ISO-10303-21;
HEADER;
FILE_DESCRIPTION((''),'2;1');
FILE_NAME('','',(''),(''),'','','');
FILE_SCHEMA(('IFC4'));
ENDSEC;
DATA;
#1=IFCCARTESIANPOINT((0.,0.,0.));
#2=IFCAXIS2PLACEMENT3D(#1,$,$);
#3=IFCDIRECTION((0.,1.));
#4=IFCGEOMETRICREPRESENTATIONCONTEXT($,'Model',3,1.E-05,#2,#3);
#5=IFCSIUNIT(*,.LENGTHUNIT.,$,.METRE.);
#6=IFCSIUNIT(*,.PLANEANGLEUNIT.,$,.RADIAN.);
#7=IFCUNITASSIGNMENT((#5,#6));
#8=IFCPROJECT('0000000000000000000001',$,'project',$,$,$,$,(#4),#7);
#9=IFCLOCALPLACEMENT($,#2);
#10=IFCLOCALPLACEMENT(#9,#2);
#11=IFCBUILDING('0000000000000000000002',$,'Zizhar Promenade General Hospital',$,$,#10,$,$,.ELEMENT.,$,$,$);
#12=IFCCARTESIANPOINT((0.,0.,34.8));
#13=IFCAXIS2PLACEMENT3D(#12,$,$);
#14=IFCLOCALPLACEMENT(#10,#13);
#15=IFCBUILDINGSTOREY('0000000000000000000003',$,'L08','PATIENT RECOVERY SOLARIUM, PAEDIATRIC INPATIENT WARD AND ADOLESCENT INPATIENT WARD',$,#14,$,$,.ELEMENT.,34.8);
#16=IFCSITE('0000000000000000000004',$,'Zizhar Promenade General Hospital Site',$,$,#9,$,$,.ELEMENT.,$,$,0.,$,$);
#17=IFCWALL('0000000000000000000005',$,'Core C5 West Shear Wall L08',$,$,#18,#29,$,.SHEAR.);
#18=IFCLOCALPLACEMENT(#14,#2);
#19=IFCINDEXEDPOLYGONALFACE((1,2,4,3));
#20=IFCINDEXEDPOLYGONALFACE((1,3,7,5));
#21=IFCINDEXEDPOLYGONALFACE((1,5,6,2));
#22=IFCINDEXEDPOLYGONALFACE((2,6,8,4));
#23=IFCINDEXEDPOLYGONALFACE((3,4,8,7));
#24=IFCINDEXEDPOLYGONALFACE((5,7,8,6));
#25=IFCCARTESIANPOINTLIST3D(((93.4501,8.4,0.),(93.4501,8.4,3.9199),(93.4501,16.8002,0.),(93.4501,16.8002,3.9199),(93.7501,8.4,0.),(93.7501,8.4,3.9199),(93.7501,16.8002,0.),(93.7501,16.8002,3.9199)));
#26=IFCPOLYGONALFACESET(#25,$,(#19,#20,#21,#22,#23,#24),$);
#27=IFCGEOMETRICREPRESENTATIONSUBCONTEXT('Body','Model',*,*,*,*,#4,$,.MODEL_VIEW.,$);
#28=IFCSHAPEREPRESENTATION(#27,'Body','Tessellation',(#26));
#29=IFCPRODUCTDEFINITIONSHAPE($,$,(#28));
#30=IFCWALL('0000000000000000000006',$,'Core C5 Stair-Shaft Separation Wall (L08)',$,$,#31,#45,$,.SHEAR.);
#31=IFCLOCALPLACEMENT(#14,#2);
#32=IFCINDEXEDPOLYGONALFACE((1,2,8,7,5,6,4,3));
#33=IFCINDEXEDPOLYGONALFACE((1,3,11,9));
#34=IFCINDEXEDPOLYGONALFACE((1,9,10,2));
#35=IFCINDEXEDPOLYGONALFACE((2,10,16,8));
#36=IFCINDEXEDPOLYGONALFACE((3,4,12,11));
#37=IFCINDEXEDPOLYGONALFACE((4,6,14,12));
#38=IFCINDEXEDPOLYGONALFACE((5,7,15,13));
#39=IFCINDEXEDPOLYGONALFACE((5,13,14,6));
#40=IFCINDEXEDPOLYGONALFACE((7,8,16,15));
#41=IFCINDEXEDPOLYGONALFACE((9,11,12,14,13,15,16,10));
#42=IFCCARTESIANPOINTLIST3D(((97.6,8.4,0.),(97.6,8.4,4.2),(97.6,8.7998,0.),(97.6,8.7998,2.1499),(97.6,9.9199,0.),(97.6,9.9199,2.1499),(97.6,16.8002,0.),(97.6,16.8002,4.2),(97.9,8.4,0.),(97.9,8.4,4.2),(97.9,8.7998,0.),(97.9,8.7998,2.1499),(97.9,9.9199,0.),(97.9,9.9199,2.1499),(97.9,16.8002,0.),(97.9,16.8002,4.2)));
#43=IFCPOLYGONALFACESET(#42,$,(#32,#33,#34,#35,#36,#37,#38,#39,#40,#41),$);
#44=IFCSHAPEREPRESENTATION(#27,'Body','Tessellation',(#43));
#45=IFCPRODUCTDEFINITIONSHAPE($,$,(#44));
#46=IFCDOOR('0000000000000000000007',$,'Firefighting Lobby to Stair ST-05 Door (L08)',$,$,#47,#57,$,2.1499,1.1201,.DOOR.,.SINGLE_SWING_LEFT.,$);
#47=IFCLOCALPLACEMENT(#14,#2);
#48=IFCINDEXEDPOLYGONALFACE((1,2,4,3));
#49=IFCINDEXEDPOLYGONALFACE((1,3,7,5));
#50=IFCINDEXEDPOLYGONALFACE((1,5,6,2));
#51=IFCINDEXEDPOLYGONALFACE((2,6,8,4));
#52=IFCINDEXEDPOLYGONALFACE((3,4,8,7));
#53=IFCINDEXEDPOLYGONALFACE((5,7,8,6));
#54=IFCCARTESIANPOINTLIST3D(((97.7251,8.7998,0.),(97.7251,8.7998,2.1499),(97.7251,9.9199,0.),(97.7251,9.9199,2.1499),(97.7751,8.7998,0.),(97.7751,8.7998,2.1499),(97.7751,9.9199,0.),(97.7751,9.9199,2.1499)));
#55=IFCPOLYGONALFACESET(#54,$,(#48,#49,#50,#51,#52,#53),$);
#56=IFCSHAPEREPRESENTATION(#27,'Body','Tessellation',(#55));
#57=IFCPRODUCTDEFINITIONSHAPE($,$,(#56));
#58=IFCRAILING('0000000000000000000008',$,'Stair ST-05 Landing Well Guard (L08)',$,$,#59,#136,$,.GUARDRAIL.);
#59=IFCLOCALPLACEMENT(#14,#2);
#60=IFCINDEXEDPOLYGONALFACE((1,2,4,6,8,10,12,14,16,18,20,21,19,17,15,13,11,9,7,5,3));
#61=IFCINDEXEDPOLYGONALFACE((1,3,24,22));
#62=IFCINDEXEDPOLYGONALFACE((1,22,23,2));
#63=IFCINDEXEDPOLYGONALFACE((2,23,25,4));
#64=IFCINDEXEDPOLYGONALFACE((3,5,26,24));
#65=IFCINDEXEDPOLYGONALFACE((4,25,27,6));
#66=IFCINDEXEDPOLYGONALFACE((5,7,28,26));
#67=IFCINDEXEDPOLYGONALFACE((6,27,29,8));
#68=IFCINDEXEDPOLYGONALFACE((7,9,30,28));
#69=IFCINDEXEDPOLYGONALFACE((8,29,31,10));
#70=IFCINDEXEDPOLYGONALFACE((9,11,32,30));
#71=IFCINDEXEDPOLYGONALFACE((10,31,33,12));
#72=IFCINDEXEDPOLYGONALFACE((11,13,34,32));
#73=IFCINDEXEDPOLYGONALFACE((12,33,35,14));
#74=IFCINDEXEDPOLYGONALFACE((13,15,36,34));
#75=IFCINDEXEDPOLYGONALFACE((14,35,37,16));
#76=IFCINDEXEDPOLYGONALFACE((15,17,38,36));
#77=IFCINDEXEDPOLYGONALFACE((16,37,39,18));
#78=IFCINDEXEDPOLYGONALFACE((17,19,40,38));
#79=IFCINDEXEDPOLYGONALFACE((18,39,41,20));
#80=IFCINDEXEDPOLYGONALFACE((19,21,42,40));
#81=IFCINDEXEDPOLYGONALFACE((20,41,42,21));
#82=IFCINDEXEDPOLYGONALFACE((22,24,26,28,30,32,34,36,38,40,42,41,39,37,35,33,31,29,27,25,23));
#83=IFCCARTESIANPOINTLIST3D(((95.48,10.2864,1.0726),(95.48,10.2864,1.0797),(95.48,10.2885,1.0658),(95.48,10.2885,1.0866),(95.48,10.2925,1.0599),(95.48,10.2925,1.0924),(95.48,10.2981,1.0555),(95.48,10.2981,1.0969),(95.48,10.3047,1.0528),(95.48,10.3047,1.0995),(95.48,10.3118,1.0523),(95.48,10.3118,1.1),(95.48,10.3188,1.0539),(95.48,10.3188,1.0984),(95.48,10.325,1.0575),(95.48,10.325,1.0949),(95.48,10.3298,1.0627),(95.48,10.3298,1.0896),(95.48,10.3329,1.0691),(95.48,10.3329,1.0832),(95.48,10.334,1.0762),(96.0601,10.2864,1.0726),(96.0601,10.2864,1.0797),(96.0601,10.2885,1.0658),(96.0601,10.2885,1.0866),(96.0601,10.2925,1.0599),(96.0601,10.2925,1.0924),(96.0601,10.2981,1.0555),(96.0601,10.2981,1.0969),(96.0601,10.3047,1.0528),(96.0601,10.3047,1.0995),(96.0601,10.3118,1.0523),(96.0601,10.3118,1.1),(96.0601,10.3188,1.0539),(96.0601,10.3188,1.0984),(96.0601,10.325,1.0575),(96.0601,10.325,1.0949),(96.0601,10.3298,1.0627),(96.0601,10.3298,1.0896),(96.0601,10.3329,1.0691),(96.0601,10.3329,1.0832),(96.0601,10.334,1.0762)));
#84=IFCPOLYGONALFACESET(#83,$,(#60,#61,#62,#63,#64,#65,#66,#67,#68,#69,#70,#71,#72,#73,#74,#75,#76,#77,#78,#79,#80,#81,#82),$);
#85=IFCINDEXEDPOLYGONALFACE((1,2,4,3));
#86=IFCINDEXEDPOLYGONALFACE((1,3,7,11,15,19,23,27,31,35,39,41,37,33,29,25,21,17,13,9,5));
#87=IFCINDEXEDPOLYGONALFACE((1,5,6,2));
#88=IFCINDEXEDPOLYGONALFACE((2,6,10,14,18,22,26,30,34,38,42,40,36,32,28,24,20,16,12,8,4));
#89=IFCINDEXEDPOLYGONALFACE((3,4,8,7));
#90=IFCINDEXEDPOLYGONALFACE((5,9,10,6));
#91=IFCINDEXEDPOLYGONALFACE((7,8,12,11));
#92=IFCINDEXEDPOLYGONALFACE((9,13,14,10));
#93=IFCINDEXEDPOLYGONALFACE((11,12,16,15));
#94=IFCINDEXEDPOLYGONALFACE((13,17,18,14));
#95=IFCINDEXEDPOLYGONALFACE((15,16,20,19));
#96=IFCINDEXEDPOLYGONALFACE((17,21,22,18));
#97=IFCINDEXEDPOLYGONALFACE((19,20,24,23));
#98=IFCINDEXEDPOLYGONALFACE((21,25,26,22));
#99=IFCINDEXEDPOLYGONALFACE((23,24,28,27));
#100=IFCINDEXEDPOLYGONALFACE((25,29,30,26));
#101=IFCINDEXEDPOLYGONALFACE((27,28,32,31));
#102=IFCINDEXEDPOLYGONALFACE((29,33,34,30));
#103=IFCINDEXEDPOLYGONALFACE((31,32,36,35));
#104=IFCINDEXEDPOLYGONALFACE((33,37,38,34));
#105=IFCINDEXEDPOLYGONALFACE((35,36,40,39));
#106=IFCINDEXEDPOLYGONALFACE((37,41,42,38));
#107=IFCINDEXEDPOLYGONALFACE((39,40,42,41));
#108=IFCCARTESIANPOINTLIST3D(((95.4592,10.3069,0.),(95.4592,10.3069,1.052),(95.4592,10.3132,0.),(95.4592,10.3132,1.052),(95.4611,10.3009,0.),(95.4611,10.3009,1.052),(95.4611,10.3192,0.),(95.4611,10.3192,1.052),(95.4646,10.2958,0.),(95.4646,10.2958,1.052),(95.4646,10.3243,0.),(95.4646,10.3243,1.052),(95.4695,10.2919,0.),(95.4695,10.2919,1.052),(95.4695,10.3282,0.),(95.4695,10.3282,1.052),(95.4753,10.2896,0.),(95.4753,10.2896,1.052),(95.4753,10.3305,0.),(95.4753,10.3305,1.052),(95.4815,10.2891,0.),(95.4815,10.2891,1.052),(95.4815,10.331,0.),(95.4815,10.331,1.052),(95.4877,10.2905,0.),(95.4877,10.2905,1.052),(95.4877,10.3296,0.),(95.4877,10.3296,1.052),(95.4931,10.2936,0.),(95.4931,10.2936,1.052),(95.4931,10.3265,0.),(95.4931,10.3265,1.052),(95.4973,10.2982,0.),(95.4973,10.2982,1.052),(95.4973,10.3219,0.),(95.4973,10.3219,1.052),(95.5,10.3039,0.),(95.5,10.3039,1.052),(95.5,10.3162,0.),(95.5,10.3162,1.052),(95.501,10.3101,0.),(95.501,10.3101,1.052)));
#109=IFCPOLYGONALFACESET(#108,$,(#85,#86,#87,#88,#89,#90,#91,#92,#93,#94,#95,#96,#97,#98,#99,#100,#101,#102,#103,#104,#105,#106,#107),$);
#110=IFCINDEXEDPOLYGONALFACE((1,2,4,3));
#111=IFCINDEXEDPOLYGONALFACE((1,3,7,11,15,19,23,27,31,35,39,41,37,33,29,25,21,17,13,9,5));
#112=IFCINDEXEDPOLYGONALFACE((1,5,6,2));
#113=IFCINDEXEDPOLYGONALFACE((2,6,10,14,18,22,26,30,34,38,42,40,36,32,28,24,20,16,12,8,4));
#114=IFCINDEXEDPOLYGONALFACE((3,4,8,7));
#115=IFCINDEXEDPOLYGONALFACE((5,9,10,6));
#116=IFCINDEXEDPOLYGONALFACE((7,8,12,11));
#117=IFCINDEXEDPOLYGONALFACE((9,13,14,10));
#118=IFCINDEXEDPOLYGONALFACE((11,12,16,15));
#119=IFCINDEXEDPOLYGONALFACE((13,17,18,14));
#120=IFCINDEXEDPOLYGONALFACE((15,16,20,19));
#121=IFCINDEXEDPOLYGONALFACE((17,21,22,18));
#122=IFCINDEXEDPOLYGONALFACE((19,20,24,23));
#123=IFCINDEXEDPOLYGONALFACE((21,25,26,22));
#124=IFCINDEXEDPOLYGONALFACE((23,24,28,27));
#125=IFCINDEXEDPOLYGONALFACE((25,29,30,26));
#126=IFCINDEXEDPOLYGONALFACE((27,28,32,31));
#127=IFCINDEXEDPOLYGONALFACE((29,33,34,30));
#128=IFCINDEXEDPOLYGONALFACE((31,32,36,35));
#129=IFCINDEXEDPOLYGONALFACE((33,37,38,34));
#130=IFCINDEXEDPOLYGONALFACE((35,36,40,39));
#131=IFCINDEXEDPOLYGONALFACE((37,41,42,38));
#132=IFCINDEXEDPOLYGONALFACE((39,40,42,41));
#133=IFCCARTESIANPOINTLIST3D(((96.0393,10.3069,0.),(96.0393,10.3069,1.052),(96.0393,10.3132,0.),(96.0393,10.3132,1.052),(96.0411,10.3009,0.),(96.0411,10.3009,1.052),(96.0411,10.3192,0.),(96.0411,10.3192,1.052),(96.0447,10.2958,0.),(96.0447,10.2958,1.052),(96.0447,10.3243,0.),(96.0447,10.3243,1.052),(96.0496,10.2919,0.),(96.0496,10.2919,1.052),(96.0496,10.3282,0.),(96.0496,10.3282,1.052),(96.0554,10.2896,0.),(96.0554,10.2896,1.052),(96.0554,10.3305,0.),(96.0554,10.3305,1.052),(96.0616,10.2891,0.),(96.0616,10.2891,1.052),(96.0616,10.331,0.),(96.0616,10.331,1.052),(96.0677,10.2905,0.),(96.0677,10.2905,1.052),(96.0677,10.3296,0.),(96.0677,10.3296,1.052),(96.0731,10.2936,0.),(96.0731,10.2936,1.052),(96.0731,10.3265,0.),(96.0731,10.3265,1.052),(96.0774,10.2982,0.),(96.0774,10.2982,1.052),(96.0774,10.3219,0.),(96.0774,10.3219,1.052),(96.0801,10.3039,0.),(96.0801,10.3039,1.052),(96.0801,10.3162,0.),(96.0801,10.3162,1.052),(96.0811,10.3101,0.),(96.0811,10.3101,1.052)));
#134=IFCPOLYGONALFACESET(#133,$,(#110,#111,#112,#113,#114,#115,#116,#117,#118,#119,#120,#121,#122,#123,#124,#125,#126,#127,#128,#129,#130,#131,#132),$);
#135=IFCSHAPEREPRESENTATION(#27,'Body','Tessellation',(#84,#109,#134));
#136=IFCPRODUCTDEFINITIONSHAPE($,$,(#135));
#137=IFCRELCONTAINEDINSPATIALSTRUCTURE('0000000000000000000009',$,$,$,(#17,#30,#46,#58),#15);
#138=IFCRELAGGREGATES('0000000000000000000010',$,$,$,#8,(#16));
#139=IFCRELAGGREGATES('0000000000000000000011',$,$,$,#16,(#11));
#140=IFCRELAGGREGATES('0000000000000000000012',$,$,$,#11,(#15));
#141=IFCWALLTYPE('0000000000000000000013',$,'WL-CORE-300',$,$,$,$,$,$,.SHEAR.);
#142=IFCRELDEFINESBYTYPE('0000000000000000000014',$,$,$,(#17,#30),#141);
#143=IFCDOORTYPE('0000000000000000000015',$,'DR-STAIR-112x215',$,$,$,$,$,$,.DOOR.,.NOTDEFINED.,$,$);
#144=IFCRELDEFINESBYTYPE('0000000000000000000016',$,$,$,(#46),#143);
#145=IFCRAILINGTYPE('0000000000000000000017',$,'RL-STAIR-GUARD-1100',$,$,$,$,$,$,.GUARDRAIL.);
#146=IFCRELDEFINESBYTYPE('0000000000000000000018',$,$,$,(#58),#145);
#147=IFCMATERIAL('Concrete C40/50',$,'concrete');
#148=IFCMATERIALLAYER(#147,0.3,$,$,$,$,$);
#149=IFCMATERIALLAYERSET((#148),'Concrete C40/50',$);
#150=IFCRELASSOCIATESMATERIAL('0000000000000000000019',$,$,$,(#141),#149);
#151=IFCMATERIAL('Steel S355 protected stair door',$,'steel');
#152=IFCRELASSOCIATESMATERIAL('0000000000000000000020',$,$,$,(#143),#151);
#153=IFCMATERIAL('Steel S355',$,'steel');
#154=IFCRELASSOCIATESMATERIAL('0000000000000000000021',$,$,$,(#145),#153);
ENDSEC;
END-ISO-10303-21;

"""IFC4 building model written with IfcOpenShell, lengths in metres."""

from ifc_helpers import new_model, si_unit, direction, frame, frame_2d, origin, origin_2d, place, context, subcontext, project, spatial, rectangle, circle, hollow_circle, extrude, material, layer, layer_set, material_profile, profile_set, type_object, element, fill, save


model = new_model("IFC4")

# Units and contexts
model_context = context("Model", 3, precision=1e-05, world=origin(), true_north=direction((0.0, 1.0)))
body_context = subcontext(model_context, "Body", "Model", "MODEL_VIEW")
ifc_project = project(units=[si_unit("LENGTHUNIT", "METRE"), si_unit("PLANEANGLEUNIT", "RADIAN")], contexts=[model_context])

# Site, building, storey
site_placement = place(None, origin())
site = spatial("IfcSite", under=ifc_project, at=site_placement, Name="Zizhar Promenade General Hospital Site", CompositionType="ELEMENT", RefElevation=0.0)
building_placement = place(site_placement, origin())
building = spatial("IfcBuilding", under=site, at=building_placement, Name="Zizhar Promenade General Hospital", CompositionType="ELEMENT")
storey_placement = place(building_placement, frame((0.0, 0.0, 34.8)))
storey = spatial("IfcBuildingStorey", under=building, at=storey_placement, Name="L08", Description="PATIENT RECOVERY SOLARIUM, PAEDIATRIC INPATIENT WARD AND ADOLESCENT INPATIENT WARD", CompositionType="ELEMENT", Elevation=34.8)

# Wall
ifc_material_1 = material(Name="Concrete C40/50", Category="concrete")
ifc_layer_1 = layer(ifc_material_1, 0.3)
ifc_layer_set_1 = layer_set([ifc_layer_1], Name="Concrete C40/50")
wall_type_1 = type_object("IfcWallType", Name="WL-CORE-300", PredefinedType="SHEAR", material=ifc_layer_set_1)
wall_1_placement = place(storey_placement, frame((93.6001, 8.3999, 0.0), z_axis=(0.0, 0.0, 1.0), x_axis=(0.0, 1.0, 0.0)))
element("IfcWall", 1, at=wall_1_placement, inside=storey, type_object=wall_type_1, Name="Core C5 West Shear Wall L08", PredefinedType="SHEAR", context=body_context, shape_type="SweptSolid", body=[
    extrude(rectangle(XDim=8.4001, YDim=0.3, at=frame_2d((4.2002, 0.0))), origin(), (0.0, 0.0, 1.0), 3.9199),
])

# Wall, opening, door
ifc_material_2 = material(Name="Steel S355 protected stair door", Category="steel")
door_type_1 = type_object("IfcDoorType", Name="DR-STAIR-112x215", OperationType="NOTDEFINED", PredefinedType="DOOR", material=ifc_material_2)
wall_2_placement = place(storey_placement, frame((97.75, 8.3999, 0.0), z_axis=(0.0, 0.0, 1.0), x_axis=(0.0, 1.0, 0.0)))
wall_2 = element("IfcWall", 2, at=wall_2_placement, inside=storey, type_object=wall_type_1, Name="Core C5 Stair-Shaft Separation Wall (L08)", PredefinedType="SHEAR", context=body_context, shape_type="SweptSolid", body=[
    extrude(rectangle(XDim=8.4001, YDim=0.3, at=frame_2d((4.2002, 0.0))), origin(), (0.0, 0.0, 1.0), 4.2),
])
opening_1_placement = place(wall_2_placement, frame((0.3999, 0.0, 0.0)))
opening_1 = element("IfcOpeningElement", 3, at=opening_1_placement, cuts=wall_2, PredefinedType="OPENING", context=body_context, shape_type="SweptSolid", body=[
    extrude(rectangle(XDim=1.1201, YDim=2.1499, at=frame_2d((0.5601, 1.075))), frame((0.0, 0.1602, 0.0), z_axis=(0.0, -1.0, 0.0), x_axis=(1.0, 0.0, 0.0)), (0.0, 0.0, 1.0), 0.3201),
])
door_1_placement = place(opening_1_placement, origin())
door_1 = element("IfcDoor", 4, at=door_1_placement, inside=storey, type_object=door_type_1, Name="Firefighting Lobby to Stair ST-05 Door (L08)", OperationType="SINGLE_SWING_LEFT", OverallHeight=2.1499, OverallWidth=1.1201, PredefinedType="DOOR", context=body_context, shape_type="SweptSolid", body=[
    extrude(rectangle(XDim=1.1201, YDim=2.1499, at=frame_2d((0.5601, 1.075))), frame((0.0, 0.0249, 0.0), z_axis=(0.0, -1.0, 0.0), x_axis=(1.0, 0.0, 0.0)), (0.0, 0.0, 1.0), 0.05),
])
fill(opening_1, door_1)

# Railing
ifc_material_3 = material(Name="Steel S355", Category="steel")
ifc_material_profile_1 = material_profile(ifc_material_3, hollow_circle(Radius=0.0698, WallThickness=0.0063, at=origin_2d()))
ifc_profile_set_1 = profile_set([ifc_material_profile_1], Name="Steel S355")
railing_type = type_object("IfcRailingType", Name="RL-STAIR-GUARD-1100", PredefinedType="GUARDRAIL", material=ifc_profile_set_1)
railing_placement = place(storey_placement, frame((95.48, 10.3101, 0.0)))
element("IfcRailing", 5, at=railing_placement, inside=storey, type_object=railing_type, Name="Stair ST-05 Landing Well Guard (L08)", PredefinedType="GUARDRAIL", context=body_context, shape_type="SweptSolid", body=[
    extrude(circle(Radius=0.0239, at=origin_2d()), frame((0.0, 0.0, 1.0762), z_axis=(1.0, 0.0, 0.0), x_axis=(0.0, 1.0, 0.0)), (0.0, 0.0, 1.0), 0.5801),
    extrude(circle(Radius=0.021, at=origin_2d()), origin(), (0.0, 0.0, 1.0), 1.052),
    extrude(circle(Radius=0.021, at=origin_2d()), frame((0.5801, 0.0, 0.0)), (0.0, 0.0, 1.0), 1.052),
])

save(model, "model.ifc")
